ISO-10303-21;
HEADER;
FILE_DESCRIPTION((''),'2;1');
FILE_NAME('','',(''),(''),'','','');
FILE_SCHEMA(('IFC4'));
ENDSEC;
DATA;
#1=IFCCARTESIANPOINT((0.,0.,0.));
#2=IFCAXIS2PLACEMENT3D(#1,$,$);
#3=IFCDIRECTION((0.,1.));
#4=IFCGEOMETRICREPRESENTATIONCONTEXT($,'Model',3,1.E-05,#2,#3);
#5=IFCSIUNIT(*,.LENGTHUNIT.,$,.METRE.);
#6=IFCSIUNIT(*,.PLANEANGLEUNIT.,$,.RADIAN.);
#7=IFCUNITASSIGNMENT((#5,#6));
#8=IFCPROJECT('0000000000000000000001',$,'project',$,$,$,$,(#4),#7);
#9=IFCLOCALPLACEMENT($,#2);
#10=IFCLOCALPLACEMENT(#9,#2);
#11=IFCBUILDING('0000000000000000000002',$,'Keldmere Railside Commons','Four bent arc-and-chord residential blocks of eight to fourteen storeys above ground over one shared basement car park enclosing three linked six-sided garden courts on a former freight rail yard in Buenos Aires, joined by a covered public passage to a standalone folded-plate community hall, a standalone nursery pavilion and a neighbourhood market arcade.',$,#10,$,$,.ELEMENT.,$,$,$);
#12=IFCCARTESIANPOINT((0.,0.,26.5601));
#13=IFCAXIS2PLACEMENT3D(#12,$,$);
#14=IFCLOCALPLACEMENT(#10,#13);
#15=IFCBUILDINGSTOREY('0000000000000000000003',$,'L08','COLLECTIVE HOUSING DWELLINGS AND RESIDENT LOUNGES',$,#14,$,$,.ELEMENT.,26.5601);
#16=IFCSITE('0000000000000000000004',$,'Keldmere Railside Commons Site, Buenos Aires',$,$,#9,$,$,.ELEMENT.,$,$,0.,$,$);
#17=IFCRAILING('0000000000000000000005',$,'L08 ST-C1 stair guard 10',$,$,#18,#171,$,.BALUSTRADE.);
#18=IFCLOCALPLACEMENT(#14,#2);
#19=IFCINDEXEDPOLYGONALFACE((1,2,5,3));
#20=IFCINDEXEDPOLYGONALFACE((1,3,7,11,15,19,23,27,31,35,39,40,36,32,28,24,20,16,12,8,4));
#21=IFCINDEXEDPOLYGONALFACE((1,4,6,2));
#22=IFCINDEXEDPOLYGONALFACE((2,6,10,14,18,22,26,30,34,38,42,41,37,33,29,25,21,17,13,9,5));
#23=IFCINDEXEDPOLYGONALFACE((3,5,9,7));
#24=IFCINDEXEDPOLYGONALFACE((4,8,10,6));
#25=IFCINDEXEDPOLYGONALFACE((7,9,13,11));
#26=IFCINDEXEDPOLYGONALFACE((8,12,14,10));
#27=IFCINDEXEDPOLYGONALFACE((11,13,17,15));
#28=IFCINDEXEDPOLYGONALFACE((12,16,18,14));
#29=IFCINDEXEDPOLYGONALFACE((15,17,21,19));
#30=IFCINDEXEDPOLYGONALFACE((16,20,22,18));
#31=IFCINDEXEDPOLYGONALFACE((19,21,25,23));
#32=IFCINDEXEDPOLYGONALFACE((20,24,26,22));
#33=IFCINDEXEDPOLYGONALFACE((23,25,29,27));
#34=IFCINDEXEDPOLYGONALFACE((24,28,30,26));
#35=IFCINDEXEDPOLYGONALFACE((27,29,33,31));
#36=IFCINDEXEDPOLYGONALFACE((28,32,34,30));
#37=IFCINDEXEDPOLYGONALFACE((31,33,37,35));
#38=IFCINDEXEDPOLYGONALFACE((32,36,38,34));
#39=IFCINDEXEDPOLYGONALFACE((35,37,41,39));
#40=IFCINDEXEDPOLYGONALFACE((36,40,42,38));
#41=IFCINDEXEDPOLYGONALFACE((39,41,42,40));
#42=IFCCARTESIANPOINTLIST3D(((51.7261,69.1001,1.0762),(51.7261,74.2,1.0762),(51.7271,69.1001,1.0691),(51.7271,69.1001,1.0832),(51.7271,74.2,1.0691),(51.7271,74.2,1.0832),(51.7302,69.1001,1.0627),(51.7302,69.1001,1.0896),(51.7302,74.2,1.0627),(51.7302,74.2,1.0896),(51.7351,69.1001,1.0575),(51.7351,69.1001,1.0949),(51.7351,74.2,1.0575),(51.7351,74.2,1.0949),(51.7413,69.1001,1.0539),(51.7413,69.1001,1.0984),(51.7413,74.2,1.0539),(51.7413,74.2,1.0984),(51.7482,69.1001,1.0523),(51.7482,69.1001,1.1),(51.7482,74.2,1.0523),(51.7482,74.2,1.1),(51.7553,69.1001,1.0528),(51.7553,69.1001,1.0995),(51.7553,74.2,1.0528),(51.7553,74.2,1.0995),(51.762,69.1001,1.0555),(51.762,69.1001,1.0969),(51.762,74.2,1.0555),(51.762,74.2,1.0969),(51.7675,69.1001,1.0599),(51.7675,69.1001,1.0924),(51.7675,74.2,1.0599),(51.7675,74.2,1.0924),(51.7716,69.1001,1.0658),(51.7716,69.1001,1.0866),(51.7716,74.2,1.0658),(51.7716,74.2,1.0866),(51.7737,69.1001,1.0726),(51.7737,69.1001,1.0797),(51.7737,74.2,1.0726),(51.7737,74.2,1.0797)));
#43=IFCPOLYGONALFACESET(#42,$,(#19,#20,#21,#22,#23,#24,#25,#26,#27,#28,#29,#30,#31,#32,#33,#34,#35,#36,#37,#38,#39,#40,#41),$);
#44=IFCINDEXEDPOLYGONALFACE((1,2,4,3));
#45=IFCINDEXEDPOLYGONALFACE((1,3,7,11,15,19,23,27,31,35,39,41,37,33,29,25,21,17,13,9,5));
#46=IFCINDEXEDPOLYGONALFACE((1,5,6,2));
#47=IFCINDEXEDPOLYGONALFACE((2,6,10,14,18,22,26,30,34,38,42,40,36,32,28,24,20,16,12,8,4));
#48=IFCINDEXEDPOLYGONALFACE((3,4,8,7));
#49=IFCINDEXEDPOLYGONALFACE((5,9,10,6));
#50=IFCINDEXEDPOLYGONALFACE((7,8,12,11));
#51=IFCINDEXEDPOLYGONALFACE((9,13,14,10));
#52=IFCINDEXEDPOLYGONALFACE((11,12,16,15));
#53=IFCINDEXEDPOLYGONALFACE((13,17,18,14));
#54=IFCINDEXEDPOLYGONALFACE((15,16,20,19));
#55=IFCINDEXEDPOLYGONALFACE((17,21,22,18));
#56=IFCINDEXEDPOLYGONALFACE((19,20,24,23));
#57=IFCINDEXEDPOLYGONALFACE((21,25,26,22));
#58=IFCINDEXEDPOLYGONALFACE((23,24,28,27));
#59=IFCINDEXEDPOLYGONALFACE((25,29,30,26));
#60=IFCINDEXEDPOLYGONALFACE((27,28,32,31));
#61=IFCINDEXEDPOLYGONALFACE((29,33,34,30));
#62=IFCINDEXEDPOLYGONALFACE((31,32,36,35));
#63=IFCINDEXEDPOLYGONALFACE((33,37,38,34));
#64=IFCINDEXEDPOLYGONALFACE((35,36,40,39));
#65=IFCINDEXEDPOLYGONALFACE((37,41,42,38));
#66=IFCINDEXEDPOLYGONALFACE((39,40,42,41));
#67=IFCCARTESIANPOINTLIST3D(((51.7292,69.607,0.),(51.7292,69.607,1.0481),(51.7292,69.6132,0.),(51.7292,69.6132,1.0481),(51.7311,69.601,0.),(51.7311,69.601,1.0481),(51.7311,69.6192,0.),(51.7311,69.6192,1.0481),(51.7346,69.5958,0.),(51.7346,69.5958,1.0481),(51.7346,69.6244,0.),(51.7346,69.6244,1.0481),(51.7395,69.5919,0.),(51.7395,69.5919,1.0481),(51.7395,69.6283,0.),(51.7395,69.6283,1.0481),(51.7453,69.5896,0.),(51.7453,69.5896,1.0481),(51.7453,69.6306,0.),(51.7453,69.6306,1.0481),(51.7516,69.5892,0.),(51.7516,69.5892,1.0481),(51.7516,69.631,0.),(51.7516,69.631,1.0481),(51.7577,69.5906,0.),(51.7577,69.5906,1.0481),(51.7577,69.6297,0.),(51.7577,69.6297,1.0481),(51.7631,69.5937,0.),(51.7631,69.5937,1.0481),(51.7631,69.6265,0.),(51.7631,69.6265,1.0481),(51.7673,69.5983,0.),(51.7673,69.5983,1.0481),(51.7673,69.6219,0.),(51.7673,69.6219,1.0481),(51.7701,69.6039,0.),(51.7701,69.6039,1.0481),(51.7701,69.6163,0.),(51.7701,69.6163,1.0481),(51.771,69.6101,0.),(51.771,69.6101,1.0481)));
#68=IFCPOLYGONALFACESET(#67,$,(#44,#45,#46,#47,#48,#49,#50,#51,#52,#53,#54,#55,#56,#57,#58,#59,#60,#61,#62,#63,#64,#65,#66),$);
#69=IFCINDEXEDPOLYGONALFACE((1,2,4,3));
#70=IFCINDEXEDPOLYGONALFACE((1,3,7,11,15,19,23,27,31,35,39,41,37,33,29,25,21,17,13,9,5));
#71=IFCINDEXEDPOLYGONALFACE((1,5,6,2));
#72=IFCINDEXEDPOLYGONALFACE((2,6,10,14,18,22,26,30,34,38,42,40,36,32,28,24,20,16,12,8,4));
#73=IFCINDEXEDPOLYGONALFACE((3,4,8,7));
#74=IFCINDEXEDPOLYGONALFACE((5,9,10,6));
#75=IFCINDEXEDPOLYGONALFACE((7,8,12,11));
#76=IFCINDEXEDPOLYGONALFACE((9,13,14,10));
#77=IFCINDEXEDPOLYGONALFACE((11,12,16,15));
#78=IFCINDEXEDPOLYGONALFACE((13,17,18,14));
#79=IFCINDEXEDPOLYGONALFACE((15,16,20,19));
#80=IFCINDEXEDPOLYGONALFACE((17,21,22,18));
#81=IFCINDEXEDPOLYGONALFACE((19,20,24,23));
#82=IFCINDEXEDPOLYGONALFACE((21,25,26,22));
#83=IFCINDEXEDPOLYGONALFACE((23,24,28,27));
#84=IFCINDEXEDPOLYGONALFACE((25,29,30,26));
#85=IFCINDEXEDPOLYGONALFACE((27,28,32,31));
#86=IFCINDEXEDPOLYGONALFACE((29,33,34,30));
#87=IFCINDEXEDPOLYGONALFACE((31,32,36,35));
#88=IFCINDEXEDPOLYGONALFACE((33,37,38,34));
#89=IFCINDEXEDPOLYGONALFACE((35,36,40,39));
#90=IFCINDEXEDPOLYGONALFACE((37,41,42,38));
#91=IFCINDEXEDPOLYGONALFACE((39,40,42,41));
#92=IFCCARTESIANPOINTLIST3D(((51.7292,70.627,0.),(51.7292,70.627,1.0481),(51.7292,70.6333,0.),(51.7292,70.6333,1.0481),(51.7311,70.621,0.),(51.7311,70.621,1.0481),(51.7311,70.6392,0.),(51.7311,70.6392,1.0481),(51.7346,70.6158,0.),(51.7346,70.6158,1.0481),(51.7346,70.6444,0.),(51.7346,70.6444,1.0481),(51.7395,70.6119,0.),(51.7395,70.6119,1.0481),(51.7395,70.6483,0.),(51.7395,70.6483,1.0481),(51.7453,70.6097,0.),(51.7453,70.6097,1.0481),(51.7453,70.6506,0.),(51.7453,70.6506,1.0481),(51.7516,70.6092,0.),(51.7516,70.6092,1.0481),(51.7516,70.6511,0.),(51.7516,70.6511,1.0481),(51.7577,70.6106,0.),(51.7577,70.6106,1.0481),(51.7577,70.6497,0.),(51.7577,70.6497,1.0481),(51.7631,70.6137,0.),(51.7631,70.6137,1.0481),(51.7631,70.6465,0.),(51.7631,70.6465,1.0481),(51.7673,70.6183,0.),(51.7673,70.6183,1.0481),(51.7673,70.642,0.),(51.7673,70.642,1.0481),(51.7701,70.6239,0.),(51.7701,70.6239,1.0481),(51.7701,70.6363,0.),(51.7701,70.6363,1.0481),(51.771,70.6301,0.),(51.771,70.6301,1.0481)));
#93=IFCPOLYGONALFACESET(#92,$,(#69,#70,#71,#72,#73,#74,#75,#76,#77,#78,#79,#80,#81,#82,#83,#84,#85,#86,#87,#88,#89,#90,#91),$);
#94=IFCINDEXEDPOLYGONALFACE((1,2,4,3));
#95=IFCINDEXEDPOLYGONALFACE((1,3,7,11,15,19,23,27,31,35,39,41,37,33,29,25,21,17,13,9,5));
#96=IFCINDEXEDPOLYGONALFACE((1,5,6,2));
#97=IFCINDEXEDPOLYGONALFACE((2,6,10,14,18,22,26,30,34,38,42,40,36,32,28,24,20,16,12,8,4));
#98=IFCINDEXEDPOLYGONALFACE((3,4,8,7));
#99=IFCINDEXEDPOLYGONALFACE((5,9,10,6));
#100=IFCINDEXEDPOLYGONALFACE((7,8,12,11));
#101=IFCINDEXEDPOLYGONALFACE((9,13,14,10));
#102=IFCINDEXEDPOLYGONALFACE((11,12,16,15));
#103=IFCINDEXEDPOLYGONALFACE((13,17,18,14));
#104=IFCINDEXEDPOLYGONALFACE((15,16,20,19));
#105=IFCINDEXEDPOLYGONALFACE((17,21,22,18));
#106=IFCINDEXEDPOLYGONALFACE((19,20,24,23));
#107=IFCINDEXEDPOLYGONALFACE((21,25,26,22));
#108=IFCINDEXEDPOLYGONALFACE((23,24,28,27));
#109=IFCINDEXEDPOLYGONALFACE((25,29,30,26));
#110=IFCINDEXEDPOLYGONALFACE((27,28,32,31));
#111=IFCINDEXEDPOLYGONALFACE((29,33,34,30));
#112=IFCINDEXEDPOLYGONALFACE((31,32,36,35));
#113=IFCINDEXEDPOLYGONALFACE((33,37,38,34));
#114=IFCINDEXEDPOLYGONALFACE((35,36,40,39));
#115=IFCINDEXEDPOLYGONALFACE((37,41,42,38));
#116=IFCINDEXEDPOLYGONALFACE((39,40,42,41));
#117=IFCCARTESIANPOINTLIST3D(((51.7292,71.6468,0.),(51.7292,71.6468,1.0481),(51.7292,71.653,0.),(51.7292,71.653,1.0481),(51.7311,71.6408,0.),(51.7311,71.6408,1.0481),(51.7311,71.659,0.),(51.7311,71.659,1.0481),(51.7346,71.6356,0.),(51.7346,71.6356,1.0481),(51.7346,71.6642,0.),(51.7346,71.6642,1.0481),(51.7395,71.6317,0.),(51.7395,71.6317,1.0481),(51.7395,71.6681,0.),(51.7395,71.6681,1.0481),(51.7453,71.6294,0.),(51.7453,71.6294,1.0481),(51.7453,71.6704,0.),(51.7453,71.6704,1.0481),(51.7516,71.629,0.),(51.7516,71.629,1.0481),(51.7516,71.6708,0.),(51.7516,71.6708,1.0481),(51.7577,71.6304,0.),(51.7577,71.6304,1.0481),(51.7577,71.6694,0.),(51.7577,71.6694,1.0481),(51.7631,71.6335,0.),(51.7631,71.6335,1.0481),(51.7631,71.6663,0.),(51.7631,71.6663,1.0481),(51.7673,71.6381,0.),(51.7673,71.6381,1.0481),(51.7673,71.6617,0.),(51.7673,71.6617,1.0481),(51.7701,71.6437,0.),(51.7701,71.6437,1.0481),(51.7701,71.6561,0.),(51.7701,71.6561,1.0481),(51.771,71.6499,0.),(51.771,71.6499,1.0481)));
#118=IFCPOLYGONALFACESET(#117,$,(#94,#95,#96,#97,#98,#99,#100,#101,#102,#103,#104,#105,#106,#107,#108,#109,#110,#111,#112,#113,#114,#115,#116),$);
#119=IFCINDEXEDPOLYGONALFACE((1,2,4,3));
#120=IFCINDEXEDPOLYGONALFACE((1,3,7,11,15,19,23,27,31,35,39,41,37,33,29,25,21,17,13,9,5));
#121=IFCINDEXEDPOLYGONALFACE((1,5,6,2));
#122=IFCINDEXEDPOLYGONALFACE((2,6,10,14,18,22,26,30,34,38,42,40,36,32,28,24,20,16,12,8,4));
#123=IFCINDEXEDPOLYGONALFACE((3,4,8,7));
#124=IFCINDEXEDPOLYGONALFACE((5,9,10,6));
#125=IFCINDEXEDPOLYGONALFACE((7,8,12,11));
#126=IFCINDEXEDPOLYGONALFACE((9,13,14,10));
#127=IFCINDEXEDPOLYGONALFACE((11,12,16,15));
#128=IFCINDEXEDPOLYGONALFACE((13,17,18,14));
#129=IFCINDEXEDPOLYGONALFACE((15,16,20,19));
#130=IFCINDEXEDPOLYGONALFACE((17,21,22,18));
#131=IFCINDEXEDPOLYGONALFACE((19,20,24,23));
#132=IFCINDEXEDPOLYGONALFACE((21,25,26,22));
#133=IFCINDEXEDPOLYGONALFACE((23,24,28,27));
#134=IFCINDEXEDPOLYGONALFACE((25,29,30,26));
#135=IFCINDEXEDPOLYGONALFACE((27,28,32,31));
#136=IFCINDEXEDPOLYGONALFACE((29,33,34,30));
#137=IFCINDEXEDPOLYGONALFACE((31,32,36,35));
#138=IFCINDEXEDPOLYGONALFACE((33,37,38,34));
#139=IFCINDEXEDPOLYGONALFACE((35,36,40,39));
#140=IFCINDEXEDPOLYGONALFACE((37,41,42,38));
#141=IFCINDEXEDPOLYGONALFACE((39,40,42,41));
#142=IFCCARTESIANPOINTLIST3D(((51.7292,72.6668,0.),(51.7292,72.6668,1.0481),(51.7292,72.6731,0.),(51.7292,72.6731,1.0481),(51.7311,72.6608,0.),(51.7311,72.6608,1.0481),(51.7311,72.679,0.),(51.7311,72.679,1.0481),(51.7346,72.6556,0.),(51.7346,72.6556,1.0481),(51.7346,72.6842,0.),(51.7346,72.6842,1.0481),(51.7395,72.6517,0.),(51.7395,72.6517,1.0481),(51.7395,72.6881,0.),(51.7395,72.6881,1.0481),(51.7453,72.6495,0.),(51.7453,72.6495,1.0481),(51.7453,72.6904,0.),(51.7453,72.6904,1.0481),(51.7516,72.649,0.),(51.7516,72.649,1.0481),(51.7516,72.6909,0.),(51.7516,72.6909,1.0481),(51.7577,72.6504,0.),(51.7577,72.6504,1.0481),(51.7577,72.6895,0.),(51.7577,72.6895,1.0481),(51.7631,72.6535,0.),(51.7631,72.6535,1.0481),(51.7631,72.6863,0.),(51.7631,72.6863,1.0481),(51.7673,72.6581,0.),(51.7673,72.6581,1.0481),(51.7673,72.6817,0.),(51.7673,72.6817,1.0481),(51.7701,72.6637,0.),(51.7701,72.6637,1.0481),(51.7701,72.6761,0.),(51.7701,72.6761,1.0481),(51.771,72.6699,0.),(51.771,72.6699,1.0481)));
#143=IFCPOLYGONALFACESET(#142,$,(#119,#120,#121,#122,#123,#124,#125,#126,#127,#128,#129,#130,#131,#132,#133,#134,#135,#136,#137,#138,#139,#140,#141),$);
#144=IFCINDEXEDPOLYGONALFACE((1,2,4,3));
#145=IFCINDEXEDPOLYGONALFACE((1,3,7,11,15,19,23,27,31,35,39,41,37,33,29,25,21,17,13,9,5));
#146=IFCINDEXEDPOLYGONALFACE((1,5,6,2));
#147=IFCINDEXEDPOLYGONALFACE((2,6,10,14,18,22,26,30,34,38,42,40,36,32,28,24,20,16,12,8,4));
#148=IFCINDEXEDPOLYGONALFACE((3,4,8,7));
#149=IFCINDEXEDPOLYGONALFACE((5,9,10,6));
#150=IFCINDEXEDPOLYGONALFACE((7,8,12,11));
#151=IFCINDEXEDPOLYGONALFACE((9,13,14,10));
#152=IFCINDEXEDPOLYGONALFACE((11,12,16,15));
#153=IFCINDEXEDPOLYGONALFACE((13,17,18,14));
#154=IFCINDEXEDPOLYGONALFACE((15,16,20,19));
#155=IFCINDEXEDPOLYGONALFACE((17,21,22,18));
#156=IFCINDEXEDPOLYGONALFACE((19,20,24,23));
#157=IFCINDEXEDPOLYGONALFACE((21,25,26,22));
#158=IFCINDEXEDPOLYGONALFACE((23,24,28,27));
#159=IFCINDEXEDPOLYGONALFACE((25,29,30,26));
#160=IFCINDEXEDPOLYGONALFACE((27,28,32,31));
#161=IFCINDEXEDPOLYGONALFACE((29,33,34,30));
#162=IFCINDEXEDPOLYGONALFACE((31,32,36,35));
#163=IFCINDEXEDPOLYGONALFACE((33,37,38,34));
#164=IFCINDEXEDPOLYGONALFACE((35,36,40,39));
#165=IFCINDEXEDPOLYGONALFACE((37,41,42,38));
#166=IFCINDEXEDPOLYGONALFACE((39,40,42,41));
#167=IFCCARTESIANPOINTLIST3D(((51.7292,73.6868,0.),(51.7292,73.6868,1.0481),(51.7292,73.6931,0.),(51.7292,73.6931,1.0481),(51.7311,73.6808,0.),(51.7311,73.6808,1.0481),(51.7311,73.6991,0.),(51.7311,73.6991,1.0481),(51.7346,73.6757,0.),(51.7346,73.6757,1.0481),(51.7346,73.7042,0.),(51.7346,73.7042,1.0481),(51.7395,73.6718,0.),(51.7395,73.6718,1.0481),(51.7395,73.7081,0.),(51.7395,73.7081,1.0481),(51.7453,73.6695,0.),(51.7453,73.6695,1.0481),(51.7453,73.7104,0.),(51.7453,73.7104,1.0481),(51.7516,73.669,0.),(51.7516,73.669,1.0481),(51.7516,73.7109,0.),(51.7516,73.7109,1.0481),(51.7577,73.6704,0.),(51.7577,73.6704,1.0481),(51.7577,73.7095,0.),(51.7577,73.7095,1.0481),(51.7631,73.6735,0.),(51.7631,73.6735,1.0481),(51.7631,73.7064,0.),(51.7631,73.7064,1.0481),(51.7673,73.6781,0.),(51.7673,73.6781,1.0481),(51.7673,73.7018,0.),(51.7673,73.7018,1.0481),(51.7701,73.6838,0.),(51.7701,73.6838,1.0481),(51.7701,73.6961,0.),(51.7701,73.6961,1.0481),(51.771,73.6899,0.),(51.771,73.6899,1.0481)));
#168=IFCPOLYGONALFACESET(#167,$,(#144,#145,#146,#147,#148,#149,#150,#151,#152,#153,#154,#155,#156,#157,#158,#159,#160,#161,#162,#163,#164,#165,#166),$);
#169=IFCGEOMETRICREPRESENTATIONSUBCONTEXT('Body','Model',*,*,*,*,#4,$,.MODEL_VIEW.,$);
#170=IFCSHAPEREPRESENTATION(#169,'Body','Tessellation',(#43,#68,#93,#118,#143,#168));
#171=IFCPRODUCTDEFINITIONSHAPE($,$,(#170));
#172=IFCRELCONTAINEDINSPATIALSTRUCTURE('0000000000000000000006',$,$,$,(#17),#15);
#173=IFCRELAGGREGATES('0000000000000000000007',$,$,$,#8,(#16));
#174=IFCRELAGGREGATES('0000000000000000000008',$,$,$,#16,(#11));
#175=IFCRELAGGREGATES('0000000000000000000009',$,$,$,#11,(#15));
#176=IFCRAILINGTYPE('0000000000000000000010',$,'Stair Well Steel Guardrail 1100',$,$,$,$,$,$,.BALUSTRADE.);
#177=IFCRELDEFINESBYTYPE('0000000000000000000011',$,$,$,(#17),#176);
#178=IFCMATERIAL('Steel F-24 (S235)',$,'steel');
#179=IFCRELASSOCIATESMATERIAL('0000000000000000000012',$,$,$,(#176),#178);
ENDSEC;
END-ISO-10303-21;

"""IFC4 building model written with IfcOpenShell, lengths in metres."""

from ifc_helpers import new_model, si_unit, direction, frame, origin, origin_2d, place, context, subcontext, project, spatial, circle, extrude, material, type_object, element, save


model = new_model("IFC4")

# Units and contexts
model_context = context("Model", 3, precision=1e-05, world=origin(), true_north=direction((0.0, 1.0)))
body_context = subcontext(model_context, "Body", "Model", "MODEL_VIEW")
ifc_project = project(units=[si_unit("LENGTHUNIT", "METRE"), si_unit("PLANEANGLEUNIT", "RADIAN")], contexts=[model_context])

# Site, building, storey
site_placement = place(None, origin())
site = spatial("IfcSite", under=ifc_project, at=site_placement, Name="Keldmere Railside Commons Site, Buenos Aires", CompositionType="ELEMENT", RefElevation=0.0)
building_placement = place(site_placement, origin())
building = spatial("IfcBuilding", under=site, at=building_placement, Name="Keldmere Railside Commons", Description="Four bent arc-and-chord residential blocks of eight to fourteen storeys above ground over one shared basement car park enclosing three linked six-sided garden courts on a former freight rail yard in Buenos Aires, joined by a covered public passage to a standalone folded-plate community hall, a standalone nursery pavilion and a neighbourhood market arcade.", CompositionType="ELEMENT")
storey_placement = place(building_placement, frame((0.0, 0.0, 26.5601)))
storey = spatial("IfcBuildingStorey", under=building, at=storey_placement, Name="L08", Description="COLLECTIVE HOUSING DWELLINGS AND RESIDENT LOUNGES", CompositionType="ELEMENT", Elevation=26.5601)

# Railing
ifc_material_1 = material(Name="Steel F-24 (S235)", Category="steel")
railing_type_1 = type_object("IfcRailingType", Name="Stair Well Steel Guardrail 1100", PredefinedType="BALUSTRADE", material=ifc_material_1)
for number, where, name in (
    (1, (51.75, 69.1001, 0.0), "L08 ST-C1 stair guard 10"),
):
    element("IfcRailing", number, at=place(storey_placement, frame(where)), inside=storey, type_object=railing_type_1, Name=name, PredefinedType="BALUSTRADE", context=body_context, shape_type="SweptSolid", body=[
        extrude(circle(Radius=0.0239, at=origin_2d()), frame((0.0, 0.0, 1.0762), z_axis=(0.0, 1.0, 0.0), x_axis=(-1.0, 0.0, 0.0)), (0.0, 0.0, 1.0), 5.0999),
        extrude(circle(Radius=0.021, at=origin_2d()), frame((0.0, 0.51, 0.0)), (0.0, 0.0, 1.0), 1.0481),
        extrude(circle(Radius=0.021, at=origin_2d()), frame((0.0, 1.53, 0.0)), (0.0, 0.0, 1.0), 1.0481),
        extrude(circle(Radius=0.021, at=origin_2d()), frame((0.0, 2.5498, 0.0)), (0.0, 0.0, 1.0), 1.0481),
        extrude(circle(Radius=0.021, at=origin_2d()), frame((0.0, 3.5698, 0.0)), (0.0, 0.0, 1.0), 1.0481),
        extrude(circle(Radius=0.021, at=origin_2d()), frame((0.0, 4.5898, 0.0)), (0.0, 0.0, 1.0), 1.0481),
    ])

save(model, "model.ifc")
